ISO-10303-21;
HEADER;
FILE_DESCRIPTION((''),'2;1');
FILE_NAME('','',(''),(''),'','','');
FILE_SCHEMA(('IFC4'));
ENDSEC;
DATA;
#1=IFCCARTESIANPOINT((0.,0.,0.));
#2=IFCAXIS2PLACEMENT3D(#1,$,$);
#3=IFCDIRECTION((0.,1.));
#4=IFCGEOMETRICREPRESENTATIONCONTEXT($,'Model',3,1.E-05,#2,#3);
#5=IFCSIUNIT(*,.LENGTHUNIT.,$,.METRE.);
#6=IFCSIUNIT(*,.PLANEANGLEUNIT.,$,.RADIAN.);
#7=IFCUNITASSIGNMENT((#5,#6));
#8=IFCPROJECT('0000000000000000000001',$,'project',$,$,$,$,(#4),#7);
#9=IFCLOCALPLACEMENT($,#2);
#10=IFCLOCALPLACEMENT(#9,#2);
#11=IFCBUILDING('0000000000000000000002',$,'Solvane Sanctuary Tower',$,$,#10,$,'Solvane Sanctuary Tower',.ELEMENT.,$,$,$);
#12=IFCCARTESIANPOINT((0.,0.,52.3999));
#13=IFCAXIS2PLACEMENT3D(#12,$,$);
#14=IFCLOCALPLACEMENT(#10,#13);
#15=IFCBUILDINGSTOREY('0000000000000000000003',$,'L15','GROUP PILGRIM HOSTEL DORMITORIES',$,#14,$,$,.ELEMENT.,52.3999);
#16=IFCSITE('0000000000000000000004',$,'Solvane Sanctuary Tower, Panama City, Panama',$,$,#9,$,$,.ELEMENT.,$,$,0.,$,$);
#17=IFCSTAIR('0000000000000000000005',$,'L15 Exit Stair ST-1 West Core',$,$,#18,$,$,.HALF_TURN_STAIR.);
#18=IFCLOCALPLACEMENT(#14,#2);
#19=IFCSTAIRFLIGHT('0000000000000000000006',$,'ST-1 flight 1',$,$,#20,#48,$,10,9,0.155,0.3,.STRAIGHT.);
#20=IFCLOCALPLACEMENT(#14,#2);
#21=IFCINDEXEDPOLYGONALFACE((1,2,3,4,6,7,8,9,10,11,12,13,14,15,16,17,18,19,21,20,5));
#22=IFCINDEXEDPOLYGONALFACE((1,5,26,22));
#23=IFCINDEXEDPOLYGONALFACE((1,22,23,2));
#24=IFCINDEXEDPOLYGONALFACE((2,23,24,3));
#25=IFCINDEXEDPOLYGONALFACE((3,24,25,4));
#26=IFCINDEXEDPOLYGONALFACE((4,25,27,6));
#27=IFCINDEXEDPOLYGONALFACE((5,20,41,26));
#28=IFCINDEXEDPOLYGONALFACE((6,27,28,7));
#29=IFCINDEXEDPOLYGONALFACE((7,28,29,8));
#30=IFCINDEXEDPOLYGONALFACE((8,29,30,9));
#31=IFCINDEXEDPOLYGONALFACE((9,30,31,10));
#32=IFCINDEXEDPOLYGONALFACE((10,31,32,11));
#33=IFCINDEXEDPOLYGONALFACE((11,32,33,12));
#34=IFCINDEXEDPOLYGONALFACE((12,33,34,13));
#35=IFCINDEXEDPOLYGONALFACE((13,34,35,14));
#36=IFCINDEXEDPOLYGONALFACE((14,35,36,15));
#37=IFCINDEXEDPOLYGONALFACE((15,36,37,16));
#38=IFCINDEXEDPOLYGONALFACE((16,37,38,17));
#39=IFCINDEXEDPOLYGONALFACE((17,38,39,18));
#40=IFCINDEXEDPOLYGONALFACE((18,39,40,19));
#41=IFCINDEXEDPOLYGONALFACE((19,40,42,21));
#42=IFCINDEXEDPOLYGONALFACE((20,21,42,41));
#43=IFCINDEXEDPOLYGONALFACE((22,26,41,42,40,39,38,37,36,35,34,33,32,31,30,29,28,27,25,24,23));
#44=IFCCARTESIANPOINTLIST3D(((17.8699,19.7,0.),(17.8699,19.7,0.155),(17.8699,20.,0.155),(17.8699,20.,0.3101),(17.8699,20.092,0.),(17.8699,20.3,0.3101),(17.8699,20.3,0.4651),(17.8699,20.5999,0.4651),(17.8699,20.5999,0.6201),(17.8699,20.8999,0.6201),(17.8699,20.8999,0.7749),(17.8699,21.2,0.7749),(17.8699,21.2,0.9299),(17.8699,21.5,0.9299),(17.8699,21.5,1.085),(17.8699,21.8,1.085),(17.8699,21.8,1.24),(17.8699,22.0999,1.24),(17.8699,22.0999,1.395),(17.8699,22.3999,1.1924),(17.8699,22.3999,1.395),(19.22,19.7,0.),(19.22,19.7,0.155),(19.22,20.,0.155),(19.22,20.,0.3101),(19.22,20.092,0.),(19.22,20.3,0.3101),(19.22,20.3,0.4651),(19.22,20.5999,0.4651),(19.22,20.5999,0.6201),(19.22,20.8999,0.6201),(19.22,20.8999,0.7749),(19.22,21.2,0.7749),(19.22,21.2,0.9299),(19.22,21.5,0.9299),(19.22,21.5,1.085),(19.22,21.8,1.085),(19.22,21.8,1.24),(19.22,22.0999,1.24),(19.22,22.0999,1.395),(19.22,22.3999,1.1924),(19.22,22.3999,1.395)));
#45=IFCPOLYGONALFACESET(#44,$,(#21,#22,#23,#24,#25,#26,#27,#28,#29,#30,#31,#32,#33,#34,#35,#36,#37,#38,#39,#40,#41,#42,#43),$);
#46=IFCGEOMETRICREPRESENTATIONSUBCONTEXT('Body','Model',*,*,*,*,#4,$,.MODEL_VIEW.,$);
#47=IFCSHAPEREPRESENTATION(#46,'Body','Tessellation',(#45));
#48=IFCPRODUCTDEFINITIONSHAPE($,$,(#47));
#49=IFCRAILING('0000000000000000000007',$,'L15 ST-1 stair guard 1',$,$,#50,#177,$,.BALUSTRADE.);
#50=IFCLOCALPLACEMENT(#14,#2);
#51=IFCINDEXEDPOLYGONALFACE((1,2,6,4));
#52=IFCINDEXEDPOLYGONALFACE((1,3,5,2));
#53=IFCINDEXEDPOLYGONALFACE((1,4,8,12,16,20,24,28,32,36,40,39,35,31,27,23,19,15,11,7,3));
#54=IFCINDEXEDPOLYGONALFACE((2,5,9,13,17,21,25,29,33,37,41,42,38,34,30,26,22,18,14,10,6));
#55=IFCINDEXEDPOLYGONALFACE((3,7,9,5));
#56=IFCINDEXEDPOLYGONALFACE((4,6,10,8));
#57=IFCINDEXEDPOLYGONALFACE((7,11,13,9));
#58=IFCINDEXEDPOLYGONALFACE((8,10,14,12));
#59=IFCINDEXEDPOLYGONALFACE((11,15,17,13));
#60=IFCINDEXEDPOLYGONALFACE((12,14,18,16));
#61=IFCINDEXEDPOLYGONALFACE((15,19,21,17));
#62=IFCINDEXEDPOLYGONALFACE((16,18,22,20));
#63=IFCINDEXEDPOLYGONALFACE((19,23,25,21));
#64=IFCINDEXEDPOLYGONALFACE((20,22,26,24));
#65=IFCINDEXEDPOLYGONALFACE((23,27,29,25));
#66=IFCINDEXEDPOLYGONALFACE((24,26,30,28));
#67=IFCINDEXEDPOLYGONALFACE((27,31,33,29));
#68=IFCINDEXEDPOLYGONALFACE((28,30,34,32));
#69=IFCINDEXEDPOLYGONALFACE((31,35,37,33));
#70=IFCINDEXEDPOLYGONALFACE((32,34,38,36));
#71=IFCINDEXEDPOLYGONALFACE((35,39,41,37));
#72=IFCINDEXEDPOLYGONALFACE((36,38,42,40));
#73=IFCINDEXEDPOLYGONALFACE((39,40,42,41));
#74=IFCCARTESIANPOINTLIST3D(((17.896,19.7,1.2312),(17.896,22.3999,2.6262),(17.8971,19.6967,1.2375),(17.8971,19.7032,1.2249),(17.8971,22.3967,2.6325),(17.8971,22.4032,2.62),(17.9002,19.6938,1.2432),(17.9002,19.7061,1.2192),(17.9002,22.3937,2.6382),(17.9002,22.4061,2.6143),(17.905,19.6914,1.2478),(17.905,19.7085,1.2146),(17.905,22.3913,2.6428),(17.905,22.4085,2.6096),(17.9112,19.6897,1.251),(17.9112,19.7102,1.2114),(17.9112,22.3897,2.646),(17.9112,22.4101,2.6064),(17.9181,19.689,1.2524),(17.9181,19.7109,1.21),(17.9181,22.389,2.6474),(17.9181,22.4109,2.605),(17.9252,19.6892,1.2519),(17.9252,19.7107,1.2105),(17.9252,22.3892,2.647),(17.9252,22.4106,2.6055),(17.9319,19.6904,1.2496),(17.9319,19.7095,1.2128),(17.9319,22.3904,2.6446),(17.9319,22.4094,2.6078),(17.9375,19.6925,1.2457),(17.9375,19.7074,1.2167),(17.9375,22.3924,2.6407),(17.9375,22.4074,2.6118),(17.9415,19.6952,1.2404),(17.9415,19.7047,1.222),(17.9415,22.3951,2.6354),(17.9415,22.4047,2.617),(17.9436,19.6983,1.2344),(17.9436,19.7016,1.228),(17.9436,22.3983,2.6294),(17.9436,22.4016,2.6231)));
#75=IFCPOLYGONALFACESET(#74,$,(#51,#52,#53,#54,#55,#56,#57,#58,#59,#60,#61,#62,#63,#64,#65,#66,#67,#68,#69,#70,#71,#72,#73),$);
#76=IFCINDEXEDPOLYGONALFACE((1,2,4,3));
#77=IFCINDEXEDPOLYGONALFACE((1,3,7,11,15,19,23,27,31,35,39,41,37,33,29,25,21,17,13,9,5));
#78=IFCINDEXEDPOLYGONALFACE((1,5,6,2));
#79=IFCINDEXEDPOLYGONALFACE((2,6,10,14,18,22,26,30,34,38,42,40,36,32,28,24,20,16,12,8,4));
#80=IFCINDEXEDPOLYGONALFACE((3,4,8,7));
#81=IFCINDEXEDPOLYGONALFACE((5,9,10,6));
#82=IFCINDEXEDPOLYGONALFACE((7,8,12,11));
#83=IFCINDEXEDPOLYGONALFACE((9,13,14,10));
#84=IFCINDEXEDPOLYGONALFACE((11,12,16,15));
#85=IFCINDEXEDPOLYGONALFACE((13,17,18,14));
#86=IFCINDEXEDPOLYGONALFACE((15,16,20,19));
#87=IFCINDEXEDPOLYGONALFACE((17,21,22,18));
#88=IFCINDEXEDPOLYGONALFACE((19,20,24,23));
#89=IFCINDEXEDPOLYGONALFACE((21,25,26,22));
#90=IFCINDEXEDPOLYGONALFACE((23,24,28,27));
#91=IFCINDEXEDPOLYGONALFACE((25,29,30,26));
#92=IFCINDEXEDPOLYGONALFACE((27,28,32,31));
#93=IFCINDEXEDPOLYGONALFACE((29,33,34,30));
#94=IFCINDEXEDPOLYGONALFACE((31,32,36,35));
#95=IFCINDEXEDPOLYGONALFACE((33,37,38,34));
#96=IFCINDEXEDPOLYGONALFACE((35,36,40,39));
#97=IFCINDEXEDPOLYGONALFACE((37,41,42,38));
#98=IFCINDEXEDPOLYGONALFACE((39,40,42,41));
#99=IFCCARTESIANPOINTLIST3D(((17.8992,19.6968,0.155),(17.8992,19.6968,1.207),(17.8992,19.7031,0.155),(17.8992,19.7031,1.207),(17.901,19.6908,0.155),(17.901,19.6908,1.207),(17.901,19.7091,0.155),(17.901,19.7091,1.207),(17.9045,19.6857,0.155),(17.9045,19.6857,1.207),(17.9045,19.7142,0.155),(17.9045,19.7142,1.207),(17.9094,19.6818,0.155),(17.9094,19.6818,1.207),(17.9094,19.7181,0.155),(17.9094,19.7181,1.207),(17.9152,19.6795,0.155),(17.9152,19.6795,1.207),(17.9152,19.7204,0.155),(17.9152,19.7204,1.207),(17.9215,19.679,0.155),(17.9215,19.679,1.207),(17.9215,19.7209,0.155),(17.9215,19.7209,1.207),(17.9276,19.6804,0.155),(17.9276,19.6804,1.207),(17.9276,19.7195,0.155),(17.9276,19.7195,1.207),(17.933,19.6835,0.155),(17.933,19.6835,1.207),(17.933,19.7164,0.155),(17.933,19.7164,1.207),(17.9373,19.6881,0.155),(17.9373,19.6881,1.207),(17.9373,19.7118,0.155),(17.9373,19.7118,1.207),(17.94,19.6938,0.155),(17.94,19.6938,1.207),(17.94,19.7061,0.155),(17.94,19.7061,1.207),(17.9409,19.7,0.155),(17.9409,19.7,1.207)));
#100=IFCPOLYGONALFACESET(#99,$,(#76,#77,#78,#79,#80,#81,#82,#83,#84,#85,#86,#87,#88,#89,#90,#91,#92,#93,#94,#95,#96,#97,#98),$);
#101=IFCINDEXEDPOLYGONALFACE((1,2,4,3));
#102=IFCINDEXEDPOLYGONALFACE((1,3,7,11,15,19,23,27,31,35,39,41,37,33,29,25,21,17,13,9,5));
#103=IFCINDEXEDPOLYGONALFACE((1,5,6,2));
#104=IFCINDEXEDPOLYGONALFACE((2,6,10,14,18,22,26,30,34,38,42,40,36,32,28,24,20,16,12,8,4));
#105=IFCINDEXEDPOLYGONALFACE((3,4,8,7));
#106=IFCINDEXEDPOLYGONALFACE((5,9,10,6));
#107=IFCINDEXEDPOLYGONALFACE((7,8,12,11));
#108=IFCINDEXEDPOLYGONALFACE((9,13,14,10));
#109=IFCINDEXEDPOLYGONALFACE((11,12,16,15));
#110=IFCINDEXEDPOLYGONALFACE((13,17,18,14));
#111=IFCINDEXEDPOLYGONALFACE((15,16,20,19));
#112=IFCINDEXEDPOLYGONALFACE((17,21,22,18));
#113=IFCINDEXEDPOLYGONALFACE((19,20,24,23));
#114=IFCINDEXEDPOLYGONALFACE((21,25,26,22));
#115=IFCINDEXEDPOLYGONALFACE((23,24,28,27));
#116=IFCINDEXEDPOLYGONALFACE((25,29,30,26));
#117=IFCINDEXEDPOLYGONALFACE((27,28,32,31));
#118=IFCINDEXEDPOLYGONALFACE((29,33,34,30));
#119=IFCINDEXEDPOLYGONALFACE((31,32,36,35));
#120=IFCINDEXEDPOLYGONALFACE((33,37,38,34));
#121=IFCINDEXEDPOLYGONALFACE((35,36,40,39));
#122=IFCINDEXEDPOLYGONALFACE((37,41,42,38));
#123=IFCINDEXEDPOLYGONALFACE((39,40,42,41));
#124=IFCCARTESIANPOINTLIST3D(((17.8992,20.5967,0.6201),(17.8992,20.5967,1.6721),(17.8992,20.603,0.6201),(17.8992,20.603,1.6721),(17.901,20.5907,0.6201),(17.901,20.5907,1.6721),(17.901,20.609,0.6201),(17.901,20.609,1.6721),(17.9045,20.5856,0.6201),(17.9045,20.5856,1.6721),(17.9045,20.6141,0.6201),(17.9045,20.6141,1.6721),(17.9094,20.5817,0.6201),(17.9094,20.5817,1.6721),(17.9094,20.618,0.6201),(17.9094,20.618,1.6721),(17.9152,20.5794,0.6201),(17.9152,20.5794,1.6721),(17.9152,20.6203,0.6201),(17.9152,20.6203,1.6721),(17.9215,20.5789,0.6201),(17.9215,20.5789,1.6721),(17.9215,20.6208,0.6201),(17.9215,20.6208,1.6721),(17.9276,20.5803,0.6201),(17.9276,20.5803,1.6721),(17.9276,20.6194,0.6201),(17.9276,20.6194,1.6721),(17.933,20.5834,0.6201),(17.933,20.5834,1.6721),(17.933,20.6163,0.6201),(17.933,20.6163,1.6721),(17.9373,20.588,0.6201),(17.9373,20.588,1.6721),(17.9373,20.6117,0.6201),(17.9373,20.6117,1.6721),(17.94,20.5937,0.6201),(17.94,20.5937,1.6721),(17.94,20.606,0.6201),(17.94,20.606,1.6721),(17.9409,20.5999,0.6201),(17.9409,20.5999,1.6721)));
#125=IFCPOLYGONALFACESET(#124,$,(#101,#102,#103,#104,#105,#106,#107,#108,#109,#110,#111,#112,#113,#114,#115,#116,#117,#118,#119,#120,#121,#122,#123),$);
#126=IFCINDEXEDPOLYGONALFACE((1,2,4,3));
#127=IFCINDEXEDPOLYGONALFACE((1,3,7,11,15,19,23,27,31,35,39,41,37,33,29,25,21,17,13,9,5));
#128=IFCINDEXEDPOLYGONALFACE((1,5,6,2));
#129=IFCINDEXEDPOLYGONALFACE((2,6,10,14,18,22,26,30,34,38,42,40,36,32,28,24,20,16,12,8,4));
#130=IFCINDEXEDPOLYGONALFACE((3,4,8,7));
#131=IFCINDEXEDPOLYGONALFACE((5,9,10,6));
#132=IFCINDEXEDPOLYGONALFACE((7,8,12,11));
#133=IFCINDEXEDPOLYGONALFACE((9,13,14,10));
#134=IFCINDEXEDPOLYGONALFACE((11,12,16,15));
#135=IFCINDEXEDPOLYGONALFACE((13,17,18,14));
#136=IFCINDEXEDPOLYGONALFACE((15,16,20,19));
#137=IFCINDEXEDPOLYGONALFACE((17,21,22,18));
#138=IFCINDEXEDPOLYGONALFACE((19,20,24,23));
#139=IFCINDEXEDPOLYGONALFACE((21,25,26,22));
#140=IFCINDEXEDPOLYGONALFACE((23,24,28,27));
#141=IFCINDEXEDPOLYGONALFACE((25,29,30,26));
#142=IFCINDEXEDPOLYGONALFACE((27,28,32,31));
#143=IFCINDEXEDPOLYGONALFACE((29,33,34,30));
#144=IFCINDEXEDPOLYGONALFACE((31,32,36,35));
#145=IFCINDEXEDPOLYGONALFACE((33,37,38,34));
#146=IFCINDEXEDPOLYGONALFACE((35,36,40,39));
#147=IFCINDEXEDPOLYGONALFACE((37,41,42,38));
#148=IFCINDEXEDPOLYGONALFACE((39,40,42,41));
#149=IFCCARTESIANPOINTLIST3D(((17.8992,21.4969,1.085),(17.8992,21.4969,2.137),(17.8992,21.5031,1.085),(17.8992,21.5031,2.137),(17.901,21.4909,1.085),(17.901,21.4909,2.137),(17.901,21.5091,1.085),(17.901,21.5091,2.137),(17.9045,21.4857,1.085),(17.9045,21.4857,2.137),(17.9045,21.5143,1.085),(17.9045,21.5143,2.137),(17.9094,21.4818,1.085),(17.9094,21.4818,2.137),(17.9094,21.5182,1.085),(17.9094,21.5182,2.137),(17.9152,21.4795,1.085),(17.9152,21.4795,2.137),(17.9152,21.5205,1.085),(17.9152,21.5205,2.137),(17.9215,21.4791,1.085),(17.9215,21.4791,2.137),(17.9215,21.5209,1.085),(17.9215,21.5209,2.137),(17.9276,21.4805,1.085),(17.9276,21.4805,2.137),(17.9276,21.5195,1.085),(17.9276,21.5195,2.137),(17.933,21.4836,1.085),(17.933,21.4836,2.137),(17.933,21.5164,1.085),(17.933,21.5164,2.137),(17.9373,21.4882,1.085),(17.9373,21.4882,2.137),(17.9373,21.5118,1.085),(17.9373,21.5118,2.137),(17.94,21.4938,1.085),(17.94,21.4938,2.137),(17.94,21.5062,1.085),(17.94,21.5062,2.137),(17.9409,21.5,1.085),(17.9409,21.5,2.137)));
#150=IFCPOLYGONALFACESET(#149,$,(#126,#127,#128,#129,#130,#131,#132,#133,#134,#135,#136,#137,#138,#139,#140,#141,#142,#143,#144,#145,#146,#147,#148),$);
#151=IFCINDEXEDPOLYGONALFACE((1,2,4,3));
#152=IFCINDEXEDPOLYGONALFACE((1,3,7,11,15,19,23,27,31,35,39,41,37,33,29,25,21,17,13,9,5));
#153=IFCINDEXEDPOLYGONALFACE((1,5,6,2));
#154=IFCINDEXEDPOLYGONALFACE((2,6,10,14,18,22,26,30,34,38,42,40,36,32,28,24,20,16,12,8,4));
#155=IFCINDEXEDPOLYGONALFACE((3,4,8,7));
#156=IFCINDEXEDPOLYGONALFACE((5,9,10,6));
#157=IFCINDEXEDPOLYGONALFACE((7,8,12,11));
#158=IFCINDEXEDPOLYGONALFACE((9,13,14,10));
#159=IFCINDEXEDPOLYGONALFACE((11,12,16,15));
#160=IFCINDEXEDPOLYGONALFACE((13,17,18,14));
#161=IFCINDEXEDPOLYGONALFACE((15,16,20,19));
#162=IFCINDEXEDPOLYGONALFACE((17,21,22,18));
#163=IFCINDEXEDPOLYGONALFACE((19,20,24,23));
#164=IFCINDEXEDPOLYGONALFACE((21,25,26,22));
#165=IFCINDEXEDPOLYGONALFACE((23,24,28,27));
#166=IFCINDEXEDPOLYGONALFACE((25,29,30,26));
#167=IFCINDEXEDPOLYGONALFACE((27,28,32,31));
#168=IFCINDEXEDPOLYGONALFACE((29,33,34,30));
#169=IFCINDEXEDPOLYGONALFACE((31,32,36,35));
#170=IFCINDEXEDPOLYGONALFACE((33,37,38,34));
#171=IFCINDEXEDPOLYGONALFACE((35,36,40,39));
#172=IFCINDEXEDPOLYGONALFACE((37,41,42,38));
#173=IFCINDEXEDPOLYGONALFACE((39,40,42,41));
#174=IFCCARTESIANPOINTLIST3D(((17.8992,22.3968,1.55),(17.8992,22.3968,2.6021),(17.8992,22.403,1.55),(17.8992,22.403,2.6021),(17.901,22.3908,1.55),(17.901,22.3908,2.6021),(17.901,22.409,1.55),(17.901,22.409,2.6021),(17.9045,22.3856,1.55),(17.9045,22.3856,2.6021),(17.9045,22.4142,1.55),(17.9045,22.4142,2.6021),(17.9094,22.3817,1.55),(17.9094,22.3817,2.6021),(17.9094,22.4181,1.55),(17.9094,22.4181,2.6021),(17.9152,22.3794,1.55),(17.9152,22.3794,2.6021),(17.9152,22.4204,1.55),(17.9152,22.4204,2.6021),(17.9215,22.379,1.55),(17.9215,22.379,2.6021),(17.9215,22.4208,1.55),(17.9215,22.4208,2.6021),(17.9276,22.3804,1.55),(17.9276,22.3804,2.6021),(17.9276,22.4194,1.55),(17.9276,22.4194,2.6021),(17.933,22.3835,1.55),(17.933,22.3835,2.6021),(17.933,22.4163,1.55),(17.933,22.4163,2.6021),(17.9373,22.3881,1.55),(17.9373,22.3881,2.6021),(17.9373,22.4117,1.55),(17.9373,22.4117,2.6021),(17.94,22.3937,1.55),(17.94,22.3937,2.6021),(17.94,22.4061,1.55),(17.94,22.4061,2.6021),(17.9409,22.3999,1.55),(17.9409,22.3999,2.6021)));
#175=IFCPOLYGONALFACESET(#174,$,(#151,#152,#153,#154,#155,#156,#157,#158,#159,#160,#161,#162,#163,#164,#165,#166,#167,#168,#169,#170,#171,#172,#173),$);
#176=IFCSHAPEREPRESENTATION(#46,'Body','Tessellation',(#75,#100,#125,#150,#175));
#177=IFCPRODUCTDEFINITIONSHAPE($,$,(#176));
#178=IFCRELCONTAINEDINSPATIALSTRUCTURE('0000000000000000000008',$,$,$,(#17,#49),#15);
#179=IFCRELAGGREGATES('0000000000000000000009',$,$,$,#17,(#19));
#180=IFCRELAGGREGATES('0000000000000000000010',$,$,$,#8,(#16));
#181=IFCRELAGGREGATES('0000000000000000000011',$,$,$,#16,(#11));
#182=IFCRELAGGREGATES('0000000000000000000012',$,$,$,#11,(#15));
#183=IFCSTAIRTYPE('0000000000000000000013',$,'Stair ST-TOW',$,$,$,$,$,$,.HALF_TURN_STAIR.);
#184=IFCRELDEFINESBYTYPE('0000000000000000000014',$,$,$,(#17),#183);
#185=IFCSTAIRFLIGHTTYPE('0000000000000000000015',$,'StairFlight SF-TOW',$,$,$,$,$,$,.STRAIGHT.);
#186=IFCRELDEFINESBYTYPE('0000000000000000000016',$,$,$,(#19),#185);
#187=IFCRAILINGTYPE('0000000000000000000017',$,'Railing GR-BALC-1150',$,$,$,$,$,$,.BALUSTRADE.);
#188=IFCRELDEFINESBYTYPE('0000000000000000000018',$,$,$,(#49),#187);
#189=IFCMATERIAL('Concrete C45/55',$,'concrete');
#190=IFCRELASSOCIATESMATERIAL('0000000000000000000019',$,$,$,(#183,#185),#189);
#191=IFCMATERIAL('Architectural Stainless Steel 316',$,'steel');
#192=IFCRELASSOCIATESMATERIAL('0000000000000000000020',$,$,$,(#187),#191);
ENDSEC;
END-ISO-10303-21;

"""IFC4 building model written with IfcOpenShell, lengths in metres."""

from ifc_helpers import new_model, si_unit, direction, frame, origin, origin_2d, place, context, subcontext, project, spatial, polyline, circle, outline, extrude, material, type_object, element, aggregate, save


model = new_model("IFC4")

# Units and contexts
model_context = context("Model", 3, precision=1e-05, world=origin(), true_north=direction((0.0, 1.0)))
body_context = subcontext(model_context, "Body", "Model", "MODEL_VIEW")
ifc_project = project(units=[si_unit("LENGTHUNIT", "METRE"), si_unit("PLANEANGLEUNIT", "RADIAN")], contexts=[model_context])

# Site, building, storey
site_placement = place(None, origin())
site = spatial("IfcSite", under=ifc_project, at=site_placement, Name="Solvane Sanctuary Tower, Panama City, Panama", CompositionType="ELEMENT", RefElevation=0.0)
building_placement = place(site_placement, origin())
building = spatial("IfcBuilding", under=site, at=building_placement, Name="Solvane Sanctuary Tower", LongName="Solvane Sanctuary Tower", CompositionType="ELEMENT")
storey_placement = place(building_placement, frame((0.0, 0.0, 52.3999)))
storey = spatial("IfcBuildingStorey", under=building, at=storey_placement, Name="L15", Description="GROUP PILGRIM HOSTEL DORMITORIES", CompositionType="ELEMENT", Elevation=52.3999)

# Shared definitions
ifc_material_1 = material(Name="Architectural Stainless Steel 316", Category="steel")

# Stair, stair flight
ifc_material_2 = material(Name="Concrete C45/55", Category="concrete")
stair_type = type_object("IfcStairType", Name="Stair ST-TOW", PredefinedType="HALF_TURN_STAIR", material=ifc_material_2)
stair_placement = place(storey_placement, origin())
stair = element("IfcStair", 1, at=stair_placement, inside=storey, type_object=stair_type, Name="L15 Exit Stair ST-1 West Core", PredefinedType="HALF_TURN_STAIR")
stair_flight_type = type_object("IfcStairFlightType", Name="StairFlight SF-TOW", PredefinedType="STRAIGHT", material=ifc_material_2)
stair_flight_placement = place(storey_placement, frame((18.5449, 19.7, 0.0), z_axis=(0.0, 0.0, 1.0), x_axis=(0.0, 1.0, 0.0)))
stair_flight = element("IfcStairFlight", 2, at=stair_flight_placement, type_object=stair_flight_type, Name="ST-1 flight 1", NumberOfRisers=10, NumberOfTreads=9, PredefinedType="STRAIGHT", RiserHeight=0.155, TreadLength=0.3, context=body_context, shape_type="SweptSolid", body=[
    extrude(outline(polyline([(0.0, 0.0), (0.0, 0.155), (0.3, 0.155), (0.3, 0.3101), (0.6001, 0.3101), (0.6001, 0.4651), (0.8999, 0.4651), (0.8999, 0.6201), (1.2, 0.6201), (1.2, 0.7749), (1.5, 0.7749), (1.5, 0.9299), (1.8, 0.9299), (1.8, 1.085), (2.1001, 1.085), (2.1001, 1.24), (2.3999, 1.24), (2.3999, 1.395), (2.7, 1.395), (2.7, 1.55), (2.7, 1.1924), (0.3921, 0.0), (0.0, 0.0)])), frame((0.0, 0.675, 0.0), z_axis=(0.0, -1.0, 0.0), x_axis=(1.0, 0.0, 0.0)), (0.0, 0.0, 1.0), 1.3501),
])
aggregate(stair, [stair_flight])

# Railing
railing_type_1 = type_object("IfcRailingType", Name="Railing GR-BALC-1150", PredefinedType="BALUSTRADE", material=ifc_material_1)
railing_1_placement = place(storey_placement, frame((17.9199, 19.7, 0.155)))
element("IfcRailing", 3, at=railing_1_placement, inside=storey, type_object=railing_type_1, Name="L15 ST-1 stair guard 1", PredefinedType="BALUSTRADE", context=body_context, shape_type="SweptSolid", body=[
    extrude(circle(Radius=0.0239, at=origin_2d()), frame((0.0, 0.0, 1.0762), z_axis=(0.0, 0.88842, 0.459032), x_axis=(-1.0, 0.0, 0.0)), (0.0, 0.0, 1.0), 3.0391),
    extrude(circle(Radius=0.021, at=origin_2d()), origin(), (0.0, 0.0, 1.0), 1.052),
    extrude(circle(Radius=0.021, at=origin_2d()), frame((0.0, 0.8999, 0.4651)), (0.0, 0.0, 1.0), 1.052),
    extrude(circle(Radius=0.021, at=origin_2d()), frame((0.0, 1.8, 0.9299)), (0.0, 0.0, 1.0), 1.052),
    extrude(circle(Radius=0.021, at=origin_2d()), frame((0.0, 2.7, 1.395)), (0.0, 0.0, 1.0), 1.052),
])

save(model, "model.ifc")
